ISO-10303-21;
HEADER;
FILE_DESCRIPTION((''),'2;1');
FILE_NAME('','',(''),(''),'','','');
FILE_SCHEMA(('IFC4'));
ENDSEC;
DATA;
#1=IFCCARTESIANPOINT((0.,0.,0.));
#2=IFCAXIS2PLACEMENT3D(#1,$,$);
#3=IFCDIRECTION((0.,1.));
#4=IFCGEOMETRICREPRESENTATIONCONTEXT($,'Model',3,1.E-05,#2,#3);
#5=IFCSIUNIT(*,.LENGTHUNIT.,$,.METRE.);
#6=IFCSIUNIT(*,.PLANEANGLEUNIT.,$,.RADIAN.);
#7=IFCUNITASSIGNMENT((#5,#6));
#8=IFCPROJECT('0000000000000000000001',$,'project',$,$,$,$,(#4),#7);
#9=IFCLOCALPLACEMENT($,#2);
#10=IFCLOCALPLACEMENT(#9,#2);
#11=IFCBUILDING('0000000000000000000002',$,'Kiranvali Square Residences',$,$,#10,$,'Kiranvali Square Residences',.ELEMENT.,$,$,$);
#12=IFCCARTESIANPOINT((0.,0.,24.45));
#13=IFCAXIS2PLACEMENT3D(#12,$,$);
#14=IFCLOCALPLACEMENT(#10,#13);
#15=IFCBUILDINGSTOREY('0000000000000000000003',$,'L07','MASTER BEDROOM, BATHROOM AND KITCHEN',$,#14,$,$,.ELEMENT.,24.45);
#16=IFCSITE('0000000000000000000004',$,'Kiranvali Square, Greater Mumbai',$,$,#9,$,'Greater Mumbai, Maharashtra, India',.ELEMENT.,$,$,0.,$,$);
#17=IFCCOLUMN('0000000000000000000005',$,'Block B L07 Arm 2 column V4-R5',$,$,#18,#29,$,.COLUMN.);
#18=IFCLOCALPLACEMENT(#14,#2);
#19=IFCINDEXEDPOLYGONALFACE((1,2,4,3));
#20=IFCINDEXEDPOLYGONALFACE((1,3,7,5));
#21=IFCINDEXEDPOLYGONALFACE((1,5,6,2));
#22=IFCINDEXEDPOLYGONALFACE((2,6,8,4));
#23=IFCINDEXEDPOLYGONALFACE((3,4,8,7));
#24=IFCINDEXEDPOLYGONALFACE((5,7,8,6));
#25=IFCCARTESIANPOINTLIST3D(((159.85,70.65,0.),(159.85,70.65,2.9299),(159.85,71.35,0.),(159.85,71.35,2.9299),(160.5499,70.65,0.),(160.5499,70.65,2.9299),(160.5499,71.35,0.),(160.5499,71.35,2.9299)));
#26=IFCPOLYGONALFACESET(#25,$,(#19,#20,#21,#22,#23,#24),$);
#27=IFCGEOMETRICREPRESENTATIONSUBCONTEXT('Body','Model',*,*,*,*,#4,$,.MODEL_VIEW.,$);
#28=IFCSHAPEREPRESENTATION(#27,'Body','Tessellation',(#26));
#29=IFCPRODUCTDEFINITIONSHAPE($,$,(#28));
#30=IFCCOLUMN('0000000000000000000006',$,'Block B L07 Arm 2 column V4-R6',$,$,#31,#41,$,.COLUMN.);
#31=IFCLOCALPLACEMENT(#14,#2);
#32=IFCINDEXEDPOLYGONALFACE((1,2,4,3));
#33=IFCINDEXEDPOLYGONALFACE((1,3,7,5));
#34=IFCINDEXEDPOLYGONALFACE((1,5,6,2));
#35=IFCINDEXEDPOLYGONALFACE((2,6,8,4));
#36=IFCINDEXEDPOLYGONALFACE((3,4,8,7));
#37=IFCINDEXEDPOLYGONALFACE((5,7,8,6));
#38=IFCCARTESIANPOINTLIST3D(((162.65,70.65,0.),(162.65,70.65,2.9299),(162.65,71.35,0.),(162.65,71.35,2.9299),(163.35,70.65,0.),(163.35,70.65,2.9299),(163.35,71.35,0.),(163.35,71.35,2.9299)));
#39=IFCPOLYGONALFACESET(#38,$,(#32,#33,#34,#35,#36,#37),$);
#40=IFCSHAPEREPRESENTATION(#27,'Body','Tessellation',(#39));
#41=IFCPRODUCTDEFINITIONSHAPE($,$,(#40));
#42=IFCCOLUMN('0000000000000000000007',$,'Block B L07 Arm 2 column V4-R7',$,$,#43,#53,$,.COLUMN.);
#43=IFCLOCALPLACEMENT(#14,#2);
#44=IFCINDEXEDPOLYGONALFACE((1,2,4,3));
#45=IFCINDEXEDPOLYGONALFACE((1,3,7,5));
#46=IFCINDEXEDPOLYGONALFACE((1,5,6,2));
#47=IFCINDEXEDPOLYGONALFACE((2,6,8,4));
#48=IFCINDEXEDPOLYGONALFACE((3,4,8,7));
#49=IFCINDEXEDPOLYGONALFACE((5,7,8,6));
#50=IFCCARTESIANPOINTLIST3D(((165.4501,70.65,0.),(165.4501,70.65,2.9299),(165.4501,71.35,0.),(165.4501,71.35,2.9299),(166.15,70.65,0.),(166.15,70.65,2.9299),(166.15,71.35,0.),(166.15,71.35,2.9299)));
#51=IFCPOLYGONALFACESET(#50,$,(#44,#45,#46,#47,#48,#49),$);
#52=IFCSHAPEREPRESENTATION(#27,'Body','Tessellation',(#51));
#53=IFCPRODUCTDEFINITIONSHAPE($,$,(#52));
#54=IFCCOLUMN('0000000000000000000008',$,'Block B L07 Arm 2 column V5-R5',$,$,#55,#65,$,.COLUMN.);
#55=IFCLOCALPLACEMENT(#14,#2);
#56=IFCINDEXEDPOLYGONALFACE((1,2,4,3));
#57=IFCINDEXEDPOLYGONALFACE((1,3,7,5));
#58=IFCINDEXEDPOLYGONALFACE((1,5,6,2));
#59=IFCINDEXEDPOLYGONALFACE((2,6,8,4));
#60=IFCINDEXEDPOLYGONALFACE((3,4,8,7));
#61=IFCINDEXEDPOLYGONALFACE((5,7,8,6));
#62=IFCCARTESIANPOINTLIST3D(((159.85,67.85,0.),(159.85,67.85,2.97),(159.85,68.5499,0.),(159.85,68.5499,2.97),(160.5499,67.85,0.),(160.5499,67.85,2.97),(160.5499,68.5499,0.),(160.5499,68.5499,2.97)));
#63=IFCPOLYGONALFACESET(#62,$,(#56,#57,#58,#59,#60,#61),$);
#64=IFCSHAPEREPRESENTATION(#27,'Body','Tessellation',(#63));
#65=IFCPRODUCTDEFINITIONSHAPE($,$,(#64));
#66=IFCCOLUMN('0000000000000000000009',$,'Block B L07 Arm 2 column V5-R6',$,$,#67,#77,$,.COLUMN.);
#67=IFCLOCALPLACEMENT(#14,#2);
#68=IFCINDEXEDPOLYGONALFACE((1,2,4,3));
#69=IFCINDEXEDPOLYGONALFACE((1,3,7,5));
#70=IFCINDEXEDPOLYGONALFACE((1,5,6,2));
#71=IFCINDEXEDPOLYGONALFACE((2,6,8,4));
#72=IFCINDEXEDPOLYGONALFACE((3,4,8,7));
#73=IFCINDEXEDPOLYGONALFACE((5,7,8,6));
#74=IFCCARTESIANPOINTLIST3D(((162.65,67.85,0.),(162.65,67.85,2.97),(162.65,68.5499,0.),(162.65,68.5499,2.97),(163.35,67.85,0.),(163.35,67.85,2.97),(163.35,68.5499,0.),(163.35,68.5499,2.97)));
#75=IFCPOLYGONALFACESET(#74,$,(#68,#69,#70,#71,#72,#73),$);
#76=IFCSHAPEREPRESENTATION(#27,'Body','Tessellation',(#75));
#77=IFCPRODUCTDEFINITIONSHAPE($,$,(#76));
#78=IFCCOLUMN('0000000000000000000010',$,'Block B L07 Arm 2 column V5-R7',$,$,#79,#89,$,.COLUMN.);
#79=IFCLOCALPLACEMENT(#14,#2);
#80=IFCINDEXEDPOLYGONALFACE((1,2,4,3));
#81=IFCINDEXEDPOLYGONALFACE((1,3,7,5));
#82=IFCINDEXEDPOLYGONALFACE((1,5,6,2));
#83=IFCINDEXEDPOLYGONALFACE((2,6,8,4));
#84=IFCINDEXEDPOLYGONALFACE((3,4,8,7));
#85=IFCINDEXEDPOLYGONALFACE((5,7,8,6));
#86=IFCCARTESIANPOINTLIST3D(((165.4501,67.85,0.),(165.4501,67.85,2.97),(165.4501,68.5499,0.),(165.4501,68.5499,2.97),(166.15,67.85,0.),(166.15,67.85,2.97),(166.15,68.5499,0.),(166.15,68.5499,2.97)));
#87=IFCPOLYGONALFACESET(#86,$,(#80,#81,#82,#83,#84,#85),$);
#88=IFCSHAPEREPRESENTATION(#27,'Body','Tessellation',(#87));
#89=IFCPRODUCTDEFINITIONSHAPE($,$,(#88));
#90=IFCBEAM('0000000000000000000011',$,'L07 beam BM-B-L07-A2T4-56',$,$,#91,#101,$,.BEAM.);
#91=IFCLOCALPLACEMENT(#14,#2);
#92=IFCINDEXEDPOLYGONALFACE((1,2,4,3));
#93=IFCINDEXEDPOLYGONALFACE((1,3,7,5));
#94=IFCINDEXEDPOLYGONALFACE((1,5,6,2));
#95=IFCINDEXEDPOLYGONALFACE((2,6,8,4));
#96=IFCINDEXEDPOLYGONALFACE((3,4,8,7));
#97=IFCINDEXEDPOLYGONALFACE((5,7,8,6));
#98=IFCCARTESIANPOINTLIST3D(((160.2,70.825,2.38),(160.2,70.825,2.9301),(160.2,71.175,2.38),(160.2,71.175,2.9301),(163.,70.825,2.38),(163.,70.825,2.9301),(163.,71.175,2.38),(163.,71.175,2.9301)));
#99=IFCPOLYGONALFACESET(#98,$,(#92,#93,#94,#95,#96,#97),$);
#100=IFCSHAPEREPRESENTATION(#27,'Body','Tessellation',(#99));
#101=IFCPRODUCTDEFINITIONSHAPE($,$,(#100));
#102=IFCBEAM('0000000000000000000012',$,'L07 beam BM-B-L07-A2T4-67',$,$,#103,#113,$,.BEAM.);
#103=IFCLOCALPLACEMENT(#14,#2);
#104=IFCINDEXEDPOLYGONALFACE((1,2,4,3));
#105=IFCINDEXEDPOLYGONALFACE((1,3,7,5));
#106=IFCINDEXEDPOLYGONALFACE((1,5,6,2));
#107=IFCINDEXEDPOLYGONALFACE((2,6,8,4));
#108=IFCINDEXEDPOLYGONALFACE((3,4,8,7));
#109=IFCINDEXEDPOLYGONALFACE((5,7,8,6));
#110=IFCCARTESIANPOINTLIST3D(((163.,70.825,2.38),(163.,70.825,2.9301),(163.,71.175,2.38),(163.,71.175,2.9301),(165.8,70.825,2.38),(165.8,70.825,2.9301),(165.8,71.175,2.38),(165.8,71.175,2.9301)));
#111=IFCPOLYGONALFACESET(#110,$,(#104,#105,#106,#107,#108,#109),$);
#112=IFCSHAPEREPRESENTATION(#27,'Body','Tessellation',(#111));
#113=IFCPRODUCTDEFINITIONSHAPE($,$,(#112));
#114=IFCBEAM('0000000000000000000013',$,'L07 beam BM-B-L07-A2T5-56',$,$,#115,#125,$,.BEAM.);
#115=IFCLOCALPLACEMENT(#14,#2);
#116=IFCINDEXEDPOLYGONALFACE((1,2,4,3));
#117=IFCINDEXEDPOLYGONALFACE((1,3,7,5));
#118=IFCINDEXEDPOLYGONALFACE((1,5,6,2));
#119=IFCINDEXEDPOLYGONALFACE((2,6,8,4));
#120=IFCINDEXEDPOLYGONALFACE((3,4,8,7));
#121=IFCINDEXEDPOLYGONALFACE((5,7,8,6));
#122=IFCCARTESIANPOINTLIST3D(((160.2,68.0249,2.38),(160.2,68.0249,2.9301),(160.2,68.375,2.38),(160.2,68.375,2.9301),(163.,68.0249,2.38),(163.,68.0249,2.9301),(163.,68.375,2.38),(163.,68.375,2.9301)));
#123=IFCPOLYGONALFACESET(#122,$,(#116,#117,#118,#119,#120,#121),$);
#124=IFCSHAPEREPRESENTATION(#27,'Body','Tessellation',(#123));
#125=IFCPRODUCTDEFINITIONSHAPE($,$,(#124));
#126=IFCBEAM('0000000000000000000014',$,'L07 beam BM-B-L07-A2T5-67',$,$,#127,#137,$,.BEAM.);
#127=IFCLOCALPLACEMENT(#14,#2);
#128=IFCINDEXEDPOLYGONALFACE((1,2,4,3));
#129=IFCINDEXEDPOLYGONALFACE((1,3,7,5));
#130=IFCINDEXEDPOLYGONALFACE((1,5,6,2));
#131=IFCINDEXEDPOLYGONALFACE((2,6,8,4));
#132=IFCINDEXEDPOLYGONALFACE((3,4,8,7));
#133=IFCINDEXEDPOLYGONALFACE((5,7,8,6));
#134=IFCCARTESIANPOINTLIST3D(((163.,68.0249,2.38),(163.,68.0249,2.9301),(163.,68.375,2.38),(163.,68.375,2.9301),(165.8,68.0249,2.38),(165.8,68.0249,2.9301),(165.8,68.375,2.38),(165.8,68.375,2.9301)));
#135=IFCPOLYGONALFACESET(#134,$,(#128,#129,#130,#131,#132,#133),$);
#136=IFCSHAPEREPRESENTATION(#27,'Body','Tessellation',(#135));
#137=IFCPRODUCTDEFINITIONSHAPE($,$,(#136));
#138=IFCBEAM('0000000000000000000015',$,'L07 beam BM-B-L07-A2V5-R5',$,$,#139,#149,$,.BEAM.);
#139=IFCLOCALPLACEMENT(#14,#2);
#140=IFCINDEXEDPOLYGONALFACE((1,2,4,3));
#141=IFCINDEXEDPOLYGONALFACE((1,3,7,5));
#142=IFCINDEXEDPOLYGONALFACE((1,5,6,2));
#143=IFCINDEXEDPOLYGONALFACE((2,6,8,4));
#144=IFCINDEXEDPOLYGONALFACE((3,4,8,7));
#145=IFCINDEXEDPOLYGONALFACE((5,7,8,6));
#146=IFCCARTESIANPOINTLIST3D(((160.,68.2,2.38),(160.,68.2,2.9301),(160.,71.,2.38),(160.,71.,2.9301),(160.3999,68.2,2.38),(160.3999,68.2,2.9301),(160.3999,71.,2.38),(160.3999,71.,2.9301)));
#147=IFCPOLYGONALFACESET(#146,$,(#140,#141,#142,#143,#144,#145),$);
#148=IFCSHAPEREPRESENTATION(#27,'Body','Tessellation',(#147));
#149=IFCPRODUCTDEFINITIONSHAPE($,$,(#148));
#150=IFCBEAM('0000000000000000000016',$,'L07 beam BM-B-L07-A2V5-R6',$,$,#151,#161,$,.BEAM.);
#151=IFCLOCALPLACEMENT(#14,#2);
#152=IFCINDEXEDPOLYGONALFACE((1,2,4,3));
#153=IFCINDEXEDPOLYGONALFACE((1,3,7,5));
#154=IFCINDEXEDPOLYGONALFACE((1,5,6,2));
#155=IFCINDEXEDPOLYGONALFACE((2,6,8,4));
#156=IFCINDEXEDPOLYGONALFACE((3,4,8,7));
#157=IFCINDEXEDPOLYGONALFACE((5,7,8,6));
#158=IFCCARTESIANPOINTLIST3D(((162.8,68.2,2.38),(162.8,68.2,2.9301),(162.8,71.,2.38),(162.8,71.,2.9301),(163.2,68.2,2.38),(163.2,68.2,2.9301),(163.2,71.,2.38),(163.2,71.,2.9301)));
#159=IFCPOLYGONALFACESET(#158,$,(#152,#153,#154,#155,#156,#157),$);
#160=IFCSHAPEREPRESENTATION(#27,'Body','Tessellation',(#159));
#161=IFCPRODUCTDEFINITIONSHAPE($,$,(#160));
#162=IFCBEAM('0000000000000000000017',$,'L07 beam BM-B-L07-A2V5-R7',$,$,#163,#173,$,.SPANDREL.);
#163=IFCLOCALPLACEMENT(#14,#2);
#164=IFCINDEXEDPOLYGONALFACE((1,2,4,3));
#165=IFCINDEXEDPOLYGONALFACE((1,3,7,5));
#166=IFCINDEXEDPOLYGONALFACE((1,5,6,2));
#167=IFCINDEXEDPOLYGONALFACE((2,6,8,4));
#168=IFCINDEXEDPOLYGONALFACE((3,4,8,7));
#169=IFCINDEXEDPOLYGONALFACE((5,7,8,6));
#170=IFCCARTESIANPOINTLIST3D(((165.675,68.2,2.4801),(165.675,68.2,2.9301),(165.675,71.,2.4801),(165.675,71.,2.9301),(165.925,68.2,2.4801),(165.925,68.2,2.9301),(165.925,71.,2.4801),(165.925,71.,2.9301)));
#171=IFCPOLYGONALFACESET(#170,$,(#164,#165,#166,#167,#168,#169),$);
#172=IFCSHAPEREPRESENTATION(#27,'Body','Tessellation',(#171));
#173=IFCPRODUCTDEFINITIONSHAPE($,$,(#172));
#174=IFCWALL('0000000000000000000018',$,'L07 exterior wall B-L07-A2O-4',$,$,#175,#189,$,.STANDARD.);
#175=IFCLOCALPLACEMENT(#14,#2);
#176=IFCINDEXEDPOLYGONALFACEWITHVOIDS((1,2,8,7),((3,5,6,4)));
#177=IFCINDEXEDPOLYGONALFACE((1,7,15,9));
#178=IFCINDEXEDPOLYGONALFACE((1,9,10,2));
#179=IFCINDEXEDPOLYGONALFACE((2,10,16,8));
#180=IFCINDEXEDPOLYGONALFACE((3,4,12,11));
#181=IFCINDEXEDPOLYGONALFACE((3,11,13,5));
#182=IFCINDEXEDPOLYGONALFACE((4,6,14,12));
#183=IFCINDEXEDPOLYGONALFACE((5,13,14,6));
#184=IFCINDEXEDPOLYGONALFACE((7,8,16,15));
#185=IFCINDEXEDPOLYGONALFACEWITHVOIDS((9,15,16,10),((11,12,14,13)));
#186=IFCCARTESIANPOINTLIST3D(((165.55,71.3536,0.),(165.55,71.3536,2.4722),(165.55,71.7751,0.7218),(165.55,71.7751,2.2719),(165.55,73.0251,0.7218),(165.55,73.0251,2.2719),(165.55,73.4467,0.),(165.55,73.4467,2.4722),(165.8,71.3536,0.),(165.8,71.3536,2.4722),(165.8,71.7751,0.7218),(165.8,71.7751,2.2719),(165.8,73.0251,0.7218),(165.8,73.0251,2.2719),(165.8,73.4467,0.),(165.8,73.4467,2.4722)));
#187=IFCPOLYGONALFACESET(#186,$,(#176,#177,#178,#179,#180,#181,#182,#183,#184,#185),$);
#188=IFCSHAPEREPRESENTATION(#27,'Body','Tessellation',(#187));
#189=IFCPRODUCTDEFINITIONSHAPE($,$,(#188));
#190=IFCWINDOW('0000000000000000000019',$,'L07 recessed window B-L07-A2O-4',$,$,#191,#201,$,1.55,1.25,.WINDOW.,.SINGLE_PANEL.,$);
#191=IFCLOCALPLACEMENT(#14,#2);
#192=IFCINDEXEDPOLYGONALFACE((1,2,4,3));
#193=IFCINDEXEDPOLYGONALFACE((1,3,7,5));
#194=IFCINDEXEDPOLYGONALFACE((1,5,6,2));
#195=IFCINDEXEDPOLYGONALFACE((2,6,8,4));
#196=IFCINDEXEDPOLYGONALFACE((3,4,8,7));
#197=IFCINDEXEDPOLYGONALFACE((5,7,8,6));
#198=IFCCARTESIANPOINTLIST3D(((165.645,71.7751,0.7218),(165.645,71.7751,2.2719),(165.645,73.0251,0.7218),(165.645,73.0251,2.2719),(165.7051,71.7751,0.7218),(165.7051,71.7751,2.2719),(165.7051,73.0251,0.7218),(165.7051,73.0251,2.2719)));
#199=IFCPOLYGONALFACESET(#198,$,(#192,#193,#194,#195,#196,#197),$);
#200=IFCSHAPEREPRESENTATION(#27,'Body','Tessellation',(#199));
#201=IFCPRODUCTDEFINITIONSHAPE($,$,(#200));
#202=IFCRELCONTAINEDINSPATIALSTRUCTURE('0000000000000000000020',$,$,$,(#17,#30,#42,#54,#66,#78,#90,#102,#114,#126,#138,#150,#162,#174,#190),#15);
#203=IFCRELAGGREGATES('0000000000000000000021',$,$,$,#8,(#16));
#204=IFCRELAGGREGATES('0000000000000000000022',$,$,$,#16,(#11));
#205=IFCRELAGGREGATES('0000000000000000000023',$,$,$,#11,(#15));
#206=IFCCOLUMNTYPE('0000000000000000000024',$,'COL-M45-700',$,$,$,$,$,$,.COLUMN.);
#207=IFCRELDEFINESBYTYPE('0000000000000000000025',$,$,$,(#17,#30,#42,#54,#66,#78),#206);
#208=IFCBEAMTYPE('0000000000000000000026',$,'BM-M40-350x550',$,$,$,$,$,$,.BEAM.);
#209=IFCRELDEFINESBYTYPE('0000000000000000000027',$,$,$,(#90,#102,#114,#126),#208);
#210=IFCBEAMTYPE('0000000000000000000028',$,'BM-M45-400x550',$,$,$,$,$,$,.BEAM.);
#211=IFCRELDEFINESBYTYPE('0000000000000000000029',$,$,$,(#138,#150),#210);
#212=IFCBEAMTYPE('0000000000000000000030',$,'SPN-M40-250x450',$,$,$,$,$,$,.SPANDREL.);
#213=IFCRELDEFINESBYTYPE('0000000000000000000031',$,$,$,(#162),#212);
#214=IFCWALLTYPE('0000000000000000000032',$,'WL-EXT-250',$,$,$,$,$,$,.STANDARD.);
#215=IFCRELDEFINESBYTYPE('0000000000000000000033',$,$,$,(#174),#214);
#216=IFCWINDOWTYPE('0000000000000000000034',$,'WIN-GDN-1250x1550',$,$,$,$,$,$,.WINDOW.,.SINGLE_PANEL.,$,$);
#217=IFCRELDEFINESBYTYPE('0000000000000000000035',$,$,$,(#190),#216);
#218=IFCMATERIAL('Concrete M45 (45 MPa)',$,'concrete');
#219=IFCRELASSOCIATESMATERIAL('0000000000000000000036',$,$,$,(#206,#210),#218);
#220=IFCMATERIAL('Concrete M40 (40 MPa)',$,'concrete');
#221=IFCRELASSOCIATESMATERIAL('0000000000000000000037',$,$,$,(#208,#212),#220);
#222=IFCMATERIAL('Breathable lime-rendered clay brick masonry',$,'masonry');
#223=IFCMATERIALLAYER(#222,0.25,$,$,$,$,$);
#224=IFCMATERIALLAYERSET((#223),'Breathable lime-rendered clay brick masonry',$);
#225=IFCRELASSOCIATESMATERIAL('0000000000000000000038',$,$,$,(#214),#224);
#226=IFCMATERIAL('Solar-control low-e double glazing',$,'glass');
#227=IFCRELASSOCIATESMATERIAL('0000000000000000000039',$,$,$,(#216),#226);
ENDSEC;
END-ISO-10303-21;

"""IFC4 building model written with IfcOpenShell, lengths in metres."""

from ifc_helpers import new_model, si_unit, direction, frame, frame_2d, origin, origin_2d, place, context, subcontext, project, spatial, rectangle, extrude, material, layer, layer_set, material_profile, profile_set, type_object, element, fill, save


model = new_model("IFC4")

# Units and contexts
model_context = context("Model", 3, precision=1e-05, world=origin(), true_north=direction((0.0, 1.0)))
body_context = subcontext(model_context, "Body", "Model", "MODEL_VIEW")
ifc_project = project(units=[si_unit("LENGTHUNIT", "METRE"), si_unit("PLANEANGLEUNIT", "RADIAN")], contexts=[model_context])

# Site, building, storey
site_placement = place(None, origin())
site = spatial("IfcSite", under=ifc_project, at=site_placement, Name="Kiranvali Square, Greater Mumbai", LongName="Greater Mumbai, Maharashtra, India", CompositionType="ELEMENT", RefElevation=0.0)
building_placement = place(site_placement, origin())
building = spatial("IfcBuilding", under=site, at=building_placement, Name="Kiranvali Square Residences", LongName="Kiranvali Square Residences", CompositionType="ELEMENT")
storey_placement = place(building_placement, frame((0.0, 0.0, 24.45)))
storey = spatial("IfcBuildingStorey", under=building, at=storey_placement, Name="L07", Description="MASTER BEDROOM, BATHROOM AND KITCHEN", CompositionType="ELEMENT", Elevation=24.45)

# Columns
ifc_material_1 = material(Name="Concrete M45 (45 MPa)", Category="concrete")
ifc_material_profile_1 = material_profile(ifc_material_1, rectangle(XDim=0.7, YDim=0.7, at=origin_2d()), Name="RC 700x700")
ifc_profile_set_1 = profile_set([ifc_material_profile_1], Name="Concrete M45 (45 MPa)")
column_type = type_object("IfcColumnType", Name="COL-M45-700", PredefinedType="COLUMN", material=ifc_profile_set_1)
for number, where, z_axis, x_axis, name in (
    (1, (160.2, 71.0, 0.0), (0.0, 0.0, 1.0), (1.0, 0.0, 0.0), "Block B L07 Arm 2 column V4-R5"),
    (2, (163.0, 71.0, 0.0), (0.0, 0.0, 1.0), (1.0, 0.0, 0.0), "Block B L07 Arm 2 column V4-R6"),
    (3, (165.8, 71.0, 0.0), (0.0, 0.0, 1.0), (1.0, 0.0, 0.0), "Block B L07 Arm 2 column V4-R7"),
):
    element("IfcColumn", number, at=place(storey_placement, frame(where, z_axis=z_axis, x_axis=x_axis)), inside=storey, type_object=column_type, Name=name, PredefinedType="COLUMN", context=body_context, shape_type="SweptSolid", body=[
        extrude(rectangle(XDim=0.7, YDim=0.7, at=origin_2d()), origin(), (0.0, 0.0, 1.0), 2.9299),
    ])
for number, where, z_axis, x_axis, name in (
    (4, (160.2, 68.2, 0.0), (0.0, 0.0, 1.0), (1.0, 0.0, 0.0), "Block B L07 Arm 2 column V5-R5"),
    (5, (163.0, 68.2, 0.0), (0.0, 0.0, 1.0), (1.0, 0.0, 0.0), "Block B L07 Arm 2 column V5-R6"),
    (6, (165.8, 68.2, 0.0), (0.0, 0.0, 1.0), (1.0, 0.0, 0.0), "Block B L07 Arm 2 column V5-R7"),
):
    element("IfcColumn", number, at=place(storey_placement, frame(where, z_axis=z_axis, x_axis=x_axis)), inside=storey, type_object=column_type, Name=name, PredefinedType="COLUMN", context=body_context, shape_type="SweptSolid", body=[
        extrude(rectangle(XDim=0.7, YDim=0.7, at=origin_2d()), origin(), (0.0, 0.0, 1.0), 2.97),
    ])

# Beams
ifc_material_2 = material(Name="Concrete M40 (40 MPa)", Category="concrete")
ifc_material_profile_2 = material_profile(ifc_material_2, rectangle(XDim=0.3501, YDim=0.55, at=origin_2d()), Name="RC 350x550")
ifc_profile_set_2 = profile_set([ifc_material_profile_2], Name="Concrete M40 (40 MPa)")
beam_type_1 = type_object("IfcBeamType", Name="BM-M40-350x550", PredefinedType="BEAM", material=ifc_profile_set_2)
for number, where, z_axis, x_axis, name in (
    (7, (160.2, 71.0, 2.655), (1.0, 0.0, 0.0), (0.0, 1.0, 0.0), "L07 beam BM-B-L07-A2T4-56"),
    (8, (163.0, 71.0, 2.655), (1.0, 0.0, 0.0), (0.0, 1.0, 0.0), "L07 beam BM-B-L07-A2T4-67"),
    (9, (160.2, 68.2, 2.655), (1.0, 0.0, 0.0), (0.0, 1.0, 0.0), "L07 beam BM-B-L07-A2T5-56"),
    (10, (163.0, 68.2, 2.655), (1.0, 0.0, 0.0), (0.0, 1.0, 0.0), "L07 beam BM-B-L07-A2T5-67"),
):
    element("IfcBeam", number, at=place(storey_placement, frame(where, z_axis=z_axis, x_axis=x_axis)), inside=storey, type_object=beam_type_1, Name=name, PredefinedType="BEAM", context=body_context, shape_type="SweptSolid", body=[
        extrude(rectangle(XDim=0.3501, YDim=0.55, at=origin_2d()), origin(), (0.0, 0.0, 1.0), 2.8),
    ])
ifc_material_profile_3 = material_profile(ifc_material_1, rectangle(XDim=0.3999, YDim=0.55, at=origin_2d()), Name="RC 400x550")
ifc_profile_set_3 = profile_set([ifc_material_profile_3], Name="Concrete M45 (45 MPa)")
beam_type_2 = type_object("IfcBeamType", Name="BM-M45-400x550", PredefinedType="BEAM", material=ifc_profile_set_3)
for number, where, z_axis, x_axis, name in (
    (11, (160.2, 71.0, 2.655), (0.0, -1.0, 0.0), (1.0, 0.0, 0.0), "L07 beam BM-B-L07-A2V5-R5"),
    (12, (163.0, 71.0, 2.655), (0.0, -1.0, 0.0), (1.0, 0.0, 0.0), "L07 beam BM-B-L07-A2V5-R6"),
):
    element("IfcBeam", number, at=place(storey_placement, frame(where, z_axis=z_axis, x_axis=x_axis)), inside=storey, type_object=beam_type_2, Name=name, PredefinedType="BEAM", context=body_context, shape_type="SweptSolid", body=[
        extrude(rectangle(XDim=0.3999, YDim=0.55, at=origin_2d()), origin(), (0.0, 0.0, 1.0), 2.8),
    ])
ifc_material_profile_4 = material_profile(ifc_material_2, rectangle(XDim=0.25, YDim=0.45, at=origin_2d()), Name="RC 250x450")
ifc_profile_set_4 = profile_set([ifc_material_profile_4], Name="Concrete M40 (40 MPa)")
beam_type_3 = type_object("IfcBeamType", Name="SPN-M40-250x450", PredefinedType="SPANDREL", material=ifc_profile_set_4)
beam_placement = place(storey_placement, frame((165.8, 71.0, 2.7051), z_axis=(0.0, -1.0, 0.0), x_axis=(1.0, 0.0, 0.0)))
element("IfcBeam", 13, at=beam_placement, inside=storey, type_object=beam_type_3, Name="L07 beam BM-B-L07-A2V5-R7", PredefinedType="SPANDREL", context=body_context, shape_type="SweptSolid", body=[
    extrude(rectangle(XDim=0.25, YDim=0.45, at=origin_2d()), origin(), (0.0, 0.0, 1.0), 2.8),
])

# Wall, opening, window
ifc_material_3 = material(Name="Breathable lime-rendered clay brick masonry", Category="masonry")
ifc_layer = layer(ifc_material_3, 0.25)
ifc_layer_set = layer_set([ifc_layer], Name="Breathable lime-rendered clay brick masonry")
wall_type = type_object("IfcWallType", Name="WL-EXT-250", PredefinedType="STANDARD", material=ifc_layer_set)
wall_1_placement = place(storey_placement, frame((165.675, 73.4465, 0.0), z_axis=(0.0, 0.0, 1.0), x_axis=(0.0, -1.0, 0.0)))
wall_1 = element("IfcWall", 14, at=wall_1_placement, inside=storey, type_object=wall_type, Name="L07 exterior wall B-L07-A2O-4", PredefinedType="STANDARD", context=body_context, shape_type="SweptSolid", body=[
    extrude(rectangle(XDim=2.093, YDim=0.25, at=frame_2d((1.0464, 0.0))), origin(), (0.0, 0.0, 1.0), 2.4722),
])
opening_1_placement = place(wall_1_placement, frame((0.4214, 0.0, 0.7219)))
opening_1 = element("IfcOpeningElement", 15, at=opening_1_placement, cuts=wall_1, PredefinedType="OPENING", context=body_context, shape_type="SweptSolid", body=[
    extrude(rectangle(XDim=1.25, YDim=1.55, at=frame_2d((0.625, 0.7749))), frame((0.0, 0.135, 0.0), z_axis=(0.0, -1.0, 0.0), x_axis=(1.0, 0.0, 0.0)), (0.0, 0.0, 1.0), 0.27),
])
ifc_material_4 = material(Name="Solar-control low-e double glazing", Category="glass")
window_type_1 = type_object("IfcWindowType", Name="WIN-GDN-1250x1550", PartitioningType="SINGLE_PANEL", PredefinedType="WINDOW", material=ifc_material_4)
window_1_placement = place(opening_1_placement, origin())
window_1 = element("IfcWindow", 16, at=window_1_placement, inside=storey, type_object=window_type_1, Name="L07 recessed window B-L07-A2O-4", OverallHeight=1.55, OverallWidth=1.25, PartitioningType="SINGLE_PANEL", PredefinedType="WINDOW", context=body_context, shape_type="SweptSolid", body=[
    extrude(rectangle(XDim=1.25, YDim=1.55, at=frame_2d((0.625, 0.7749))), frame((0.0, 0.03, 0.0), z_axis=(0.0, -1.0, 0.0), x_axis=(1.0, 0.0, 0.0)), (0.0, 0.0, 1.0), 0.0601),
])
fill(opening_1, window_1)

save(model, "model.ifc")
